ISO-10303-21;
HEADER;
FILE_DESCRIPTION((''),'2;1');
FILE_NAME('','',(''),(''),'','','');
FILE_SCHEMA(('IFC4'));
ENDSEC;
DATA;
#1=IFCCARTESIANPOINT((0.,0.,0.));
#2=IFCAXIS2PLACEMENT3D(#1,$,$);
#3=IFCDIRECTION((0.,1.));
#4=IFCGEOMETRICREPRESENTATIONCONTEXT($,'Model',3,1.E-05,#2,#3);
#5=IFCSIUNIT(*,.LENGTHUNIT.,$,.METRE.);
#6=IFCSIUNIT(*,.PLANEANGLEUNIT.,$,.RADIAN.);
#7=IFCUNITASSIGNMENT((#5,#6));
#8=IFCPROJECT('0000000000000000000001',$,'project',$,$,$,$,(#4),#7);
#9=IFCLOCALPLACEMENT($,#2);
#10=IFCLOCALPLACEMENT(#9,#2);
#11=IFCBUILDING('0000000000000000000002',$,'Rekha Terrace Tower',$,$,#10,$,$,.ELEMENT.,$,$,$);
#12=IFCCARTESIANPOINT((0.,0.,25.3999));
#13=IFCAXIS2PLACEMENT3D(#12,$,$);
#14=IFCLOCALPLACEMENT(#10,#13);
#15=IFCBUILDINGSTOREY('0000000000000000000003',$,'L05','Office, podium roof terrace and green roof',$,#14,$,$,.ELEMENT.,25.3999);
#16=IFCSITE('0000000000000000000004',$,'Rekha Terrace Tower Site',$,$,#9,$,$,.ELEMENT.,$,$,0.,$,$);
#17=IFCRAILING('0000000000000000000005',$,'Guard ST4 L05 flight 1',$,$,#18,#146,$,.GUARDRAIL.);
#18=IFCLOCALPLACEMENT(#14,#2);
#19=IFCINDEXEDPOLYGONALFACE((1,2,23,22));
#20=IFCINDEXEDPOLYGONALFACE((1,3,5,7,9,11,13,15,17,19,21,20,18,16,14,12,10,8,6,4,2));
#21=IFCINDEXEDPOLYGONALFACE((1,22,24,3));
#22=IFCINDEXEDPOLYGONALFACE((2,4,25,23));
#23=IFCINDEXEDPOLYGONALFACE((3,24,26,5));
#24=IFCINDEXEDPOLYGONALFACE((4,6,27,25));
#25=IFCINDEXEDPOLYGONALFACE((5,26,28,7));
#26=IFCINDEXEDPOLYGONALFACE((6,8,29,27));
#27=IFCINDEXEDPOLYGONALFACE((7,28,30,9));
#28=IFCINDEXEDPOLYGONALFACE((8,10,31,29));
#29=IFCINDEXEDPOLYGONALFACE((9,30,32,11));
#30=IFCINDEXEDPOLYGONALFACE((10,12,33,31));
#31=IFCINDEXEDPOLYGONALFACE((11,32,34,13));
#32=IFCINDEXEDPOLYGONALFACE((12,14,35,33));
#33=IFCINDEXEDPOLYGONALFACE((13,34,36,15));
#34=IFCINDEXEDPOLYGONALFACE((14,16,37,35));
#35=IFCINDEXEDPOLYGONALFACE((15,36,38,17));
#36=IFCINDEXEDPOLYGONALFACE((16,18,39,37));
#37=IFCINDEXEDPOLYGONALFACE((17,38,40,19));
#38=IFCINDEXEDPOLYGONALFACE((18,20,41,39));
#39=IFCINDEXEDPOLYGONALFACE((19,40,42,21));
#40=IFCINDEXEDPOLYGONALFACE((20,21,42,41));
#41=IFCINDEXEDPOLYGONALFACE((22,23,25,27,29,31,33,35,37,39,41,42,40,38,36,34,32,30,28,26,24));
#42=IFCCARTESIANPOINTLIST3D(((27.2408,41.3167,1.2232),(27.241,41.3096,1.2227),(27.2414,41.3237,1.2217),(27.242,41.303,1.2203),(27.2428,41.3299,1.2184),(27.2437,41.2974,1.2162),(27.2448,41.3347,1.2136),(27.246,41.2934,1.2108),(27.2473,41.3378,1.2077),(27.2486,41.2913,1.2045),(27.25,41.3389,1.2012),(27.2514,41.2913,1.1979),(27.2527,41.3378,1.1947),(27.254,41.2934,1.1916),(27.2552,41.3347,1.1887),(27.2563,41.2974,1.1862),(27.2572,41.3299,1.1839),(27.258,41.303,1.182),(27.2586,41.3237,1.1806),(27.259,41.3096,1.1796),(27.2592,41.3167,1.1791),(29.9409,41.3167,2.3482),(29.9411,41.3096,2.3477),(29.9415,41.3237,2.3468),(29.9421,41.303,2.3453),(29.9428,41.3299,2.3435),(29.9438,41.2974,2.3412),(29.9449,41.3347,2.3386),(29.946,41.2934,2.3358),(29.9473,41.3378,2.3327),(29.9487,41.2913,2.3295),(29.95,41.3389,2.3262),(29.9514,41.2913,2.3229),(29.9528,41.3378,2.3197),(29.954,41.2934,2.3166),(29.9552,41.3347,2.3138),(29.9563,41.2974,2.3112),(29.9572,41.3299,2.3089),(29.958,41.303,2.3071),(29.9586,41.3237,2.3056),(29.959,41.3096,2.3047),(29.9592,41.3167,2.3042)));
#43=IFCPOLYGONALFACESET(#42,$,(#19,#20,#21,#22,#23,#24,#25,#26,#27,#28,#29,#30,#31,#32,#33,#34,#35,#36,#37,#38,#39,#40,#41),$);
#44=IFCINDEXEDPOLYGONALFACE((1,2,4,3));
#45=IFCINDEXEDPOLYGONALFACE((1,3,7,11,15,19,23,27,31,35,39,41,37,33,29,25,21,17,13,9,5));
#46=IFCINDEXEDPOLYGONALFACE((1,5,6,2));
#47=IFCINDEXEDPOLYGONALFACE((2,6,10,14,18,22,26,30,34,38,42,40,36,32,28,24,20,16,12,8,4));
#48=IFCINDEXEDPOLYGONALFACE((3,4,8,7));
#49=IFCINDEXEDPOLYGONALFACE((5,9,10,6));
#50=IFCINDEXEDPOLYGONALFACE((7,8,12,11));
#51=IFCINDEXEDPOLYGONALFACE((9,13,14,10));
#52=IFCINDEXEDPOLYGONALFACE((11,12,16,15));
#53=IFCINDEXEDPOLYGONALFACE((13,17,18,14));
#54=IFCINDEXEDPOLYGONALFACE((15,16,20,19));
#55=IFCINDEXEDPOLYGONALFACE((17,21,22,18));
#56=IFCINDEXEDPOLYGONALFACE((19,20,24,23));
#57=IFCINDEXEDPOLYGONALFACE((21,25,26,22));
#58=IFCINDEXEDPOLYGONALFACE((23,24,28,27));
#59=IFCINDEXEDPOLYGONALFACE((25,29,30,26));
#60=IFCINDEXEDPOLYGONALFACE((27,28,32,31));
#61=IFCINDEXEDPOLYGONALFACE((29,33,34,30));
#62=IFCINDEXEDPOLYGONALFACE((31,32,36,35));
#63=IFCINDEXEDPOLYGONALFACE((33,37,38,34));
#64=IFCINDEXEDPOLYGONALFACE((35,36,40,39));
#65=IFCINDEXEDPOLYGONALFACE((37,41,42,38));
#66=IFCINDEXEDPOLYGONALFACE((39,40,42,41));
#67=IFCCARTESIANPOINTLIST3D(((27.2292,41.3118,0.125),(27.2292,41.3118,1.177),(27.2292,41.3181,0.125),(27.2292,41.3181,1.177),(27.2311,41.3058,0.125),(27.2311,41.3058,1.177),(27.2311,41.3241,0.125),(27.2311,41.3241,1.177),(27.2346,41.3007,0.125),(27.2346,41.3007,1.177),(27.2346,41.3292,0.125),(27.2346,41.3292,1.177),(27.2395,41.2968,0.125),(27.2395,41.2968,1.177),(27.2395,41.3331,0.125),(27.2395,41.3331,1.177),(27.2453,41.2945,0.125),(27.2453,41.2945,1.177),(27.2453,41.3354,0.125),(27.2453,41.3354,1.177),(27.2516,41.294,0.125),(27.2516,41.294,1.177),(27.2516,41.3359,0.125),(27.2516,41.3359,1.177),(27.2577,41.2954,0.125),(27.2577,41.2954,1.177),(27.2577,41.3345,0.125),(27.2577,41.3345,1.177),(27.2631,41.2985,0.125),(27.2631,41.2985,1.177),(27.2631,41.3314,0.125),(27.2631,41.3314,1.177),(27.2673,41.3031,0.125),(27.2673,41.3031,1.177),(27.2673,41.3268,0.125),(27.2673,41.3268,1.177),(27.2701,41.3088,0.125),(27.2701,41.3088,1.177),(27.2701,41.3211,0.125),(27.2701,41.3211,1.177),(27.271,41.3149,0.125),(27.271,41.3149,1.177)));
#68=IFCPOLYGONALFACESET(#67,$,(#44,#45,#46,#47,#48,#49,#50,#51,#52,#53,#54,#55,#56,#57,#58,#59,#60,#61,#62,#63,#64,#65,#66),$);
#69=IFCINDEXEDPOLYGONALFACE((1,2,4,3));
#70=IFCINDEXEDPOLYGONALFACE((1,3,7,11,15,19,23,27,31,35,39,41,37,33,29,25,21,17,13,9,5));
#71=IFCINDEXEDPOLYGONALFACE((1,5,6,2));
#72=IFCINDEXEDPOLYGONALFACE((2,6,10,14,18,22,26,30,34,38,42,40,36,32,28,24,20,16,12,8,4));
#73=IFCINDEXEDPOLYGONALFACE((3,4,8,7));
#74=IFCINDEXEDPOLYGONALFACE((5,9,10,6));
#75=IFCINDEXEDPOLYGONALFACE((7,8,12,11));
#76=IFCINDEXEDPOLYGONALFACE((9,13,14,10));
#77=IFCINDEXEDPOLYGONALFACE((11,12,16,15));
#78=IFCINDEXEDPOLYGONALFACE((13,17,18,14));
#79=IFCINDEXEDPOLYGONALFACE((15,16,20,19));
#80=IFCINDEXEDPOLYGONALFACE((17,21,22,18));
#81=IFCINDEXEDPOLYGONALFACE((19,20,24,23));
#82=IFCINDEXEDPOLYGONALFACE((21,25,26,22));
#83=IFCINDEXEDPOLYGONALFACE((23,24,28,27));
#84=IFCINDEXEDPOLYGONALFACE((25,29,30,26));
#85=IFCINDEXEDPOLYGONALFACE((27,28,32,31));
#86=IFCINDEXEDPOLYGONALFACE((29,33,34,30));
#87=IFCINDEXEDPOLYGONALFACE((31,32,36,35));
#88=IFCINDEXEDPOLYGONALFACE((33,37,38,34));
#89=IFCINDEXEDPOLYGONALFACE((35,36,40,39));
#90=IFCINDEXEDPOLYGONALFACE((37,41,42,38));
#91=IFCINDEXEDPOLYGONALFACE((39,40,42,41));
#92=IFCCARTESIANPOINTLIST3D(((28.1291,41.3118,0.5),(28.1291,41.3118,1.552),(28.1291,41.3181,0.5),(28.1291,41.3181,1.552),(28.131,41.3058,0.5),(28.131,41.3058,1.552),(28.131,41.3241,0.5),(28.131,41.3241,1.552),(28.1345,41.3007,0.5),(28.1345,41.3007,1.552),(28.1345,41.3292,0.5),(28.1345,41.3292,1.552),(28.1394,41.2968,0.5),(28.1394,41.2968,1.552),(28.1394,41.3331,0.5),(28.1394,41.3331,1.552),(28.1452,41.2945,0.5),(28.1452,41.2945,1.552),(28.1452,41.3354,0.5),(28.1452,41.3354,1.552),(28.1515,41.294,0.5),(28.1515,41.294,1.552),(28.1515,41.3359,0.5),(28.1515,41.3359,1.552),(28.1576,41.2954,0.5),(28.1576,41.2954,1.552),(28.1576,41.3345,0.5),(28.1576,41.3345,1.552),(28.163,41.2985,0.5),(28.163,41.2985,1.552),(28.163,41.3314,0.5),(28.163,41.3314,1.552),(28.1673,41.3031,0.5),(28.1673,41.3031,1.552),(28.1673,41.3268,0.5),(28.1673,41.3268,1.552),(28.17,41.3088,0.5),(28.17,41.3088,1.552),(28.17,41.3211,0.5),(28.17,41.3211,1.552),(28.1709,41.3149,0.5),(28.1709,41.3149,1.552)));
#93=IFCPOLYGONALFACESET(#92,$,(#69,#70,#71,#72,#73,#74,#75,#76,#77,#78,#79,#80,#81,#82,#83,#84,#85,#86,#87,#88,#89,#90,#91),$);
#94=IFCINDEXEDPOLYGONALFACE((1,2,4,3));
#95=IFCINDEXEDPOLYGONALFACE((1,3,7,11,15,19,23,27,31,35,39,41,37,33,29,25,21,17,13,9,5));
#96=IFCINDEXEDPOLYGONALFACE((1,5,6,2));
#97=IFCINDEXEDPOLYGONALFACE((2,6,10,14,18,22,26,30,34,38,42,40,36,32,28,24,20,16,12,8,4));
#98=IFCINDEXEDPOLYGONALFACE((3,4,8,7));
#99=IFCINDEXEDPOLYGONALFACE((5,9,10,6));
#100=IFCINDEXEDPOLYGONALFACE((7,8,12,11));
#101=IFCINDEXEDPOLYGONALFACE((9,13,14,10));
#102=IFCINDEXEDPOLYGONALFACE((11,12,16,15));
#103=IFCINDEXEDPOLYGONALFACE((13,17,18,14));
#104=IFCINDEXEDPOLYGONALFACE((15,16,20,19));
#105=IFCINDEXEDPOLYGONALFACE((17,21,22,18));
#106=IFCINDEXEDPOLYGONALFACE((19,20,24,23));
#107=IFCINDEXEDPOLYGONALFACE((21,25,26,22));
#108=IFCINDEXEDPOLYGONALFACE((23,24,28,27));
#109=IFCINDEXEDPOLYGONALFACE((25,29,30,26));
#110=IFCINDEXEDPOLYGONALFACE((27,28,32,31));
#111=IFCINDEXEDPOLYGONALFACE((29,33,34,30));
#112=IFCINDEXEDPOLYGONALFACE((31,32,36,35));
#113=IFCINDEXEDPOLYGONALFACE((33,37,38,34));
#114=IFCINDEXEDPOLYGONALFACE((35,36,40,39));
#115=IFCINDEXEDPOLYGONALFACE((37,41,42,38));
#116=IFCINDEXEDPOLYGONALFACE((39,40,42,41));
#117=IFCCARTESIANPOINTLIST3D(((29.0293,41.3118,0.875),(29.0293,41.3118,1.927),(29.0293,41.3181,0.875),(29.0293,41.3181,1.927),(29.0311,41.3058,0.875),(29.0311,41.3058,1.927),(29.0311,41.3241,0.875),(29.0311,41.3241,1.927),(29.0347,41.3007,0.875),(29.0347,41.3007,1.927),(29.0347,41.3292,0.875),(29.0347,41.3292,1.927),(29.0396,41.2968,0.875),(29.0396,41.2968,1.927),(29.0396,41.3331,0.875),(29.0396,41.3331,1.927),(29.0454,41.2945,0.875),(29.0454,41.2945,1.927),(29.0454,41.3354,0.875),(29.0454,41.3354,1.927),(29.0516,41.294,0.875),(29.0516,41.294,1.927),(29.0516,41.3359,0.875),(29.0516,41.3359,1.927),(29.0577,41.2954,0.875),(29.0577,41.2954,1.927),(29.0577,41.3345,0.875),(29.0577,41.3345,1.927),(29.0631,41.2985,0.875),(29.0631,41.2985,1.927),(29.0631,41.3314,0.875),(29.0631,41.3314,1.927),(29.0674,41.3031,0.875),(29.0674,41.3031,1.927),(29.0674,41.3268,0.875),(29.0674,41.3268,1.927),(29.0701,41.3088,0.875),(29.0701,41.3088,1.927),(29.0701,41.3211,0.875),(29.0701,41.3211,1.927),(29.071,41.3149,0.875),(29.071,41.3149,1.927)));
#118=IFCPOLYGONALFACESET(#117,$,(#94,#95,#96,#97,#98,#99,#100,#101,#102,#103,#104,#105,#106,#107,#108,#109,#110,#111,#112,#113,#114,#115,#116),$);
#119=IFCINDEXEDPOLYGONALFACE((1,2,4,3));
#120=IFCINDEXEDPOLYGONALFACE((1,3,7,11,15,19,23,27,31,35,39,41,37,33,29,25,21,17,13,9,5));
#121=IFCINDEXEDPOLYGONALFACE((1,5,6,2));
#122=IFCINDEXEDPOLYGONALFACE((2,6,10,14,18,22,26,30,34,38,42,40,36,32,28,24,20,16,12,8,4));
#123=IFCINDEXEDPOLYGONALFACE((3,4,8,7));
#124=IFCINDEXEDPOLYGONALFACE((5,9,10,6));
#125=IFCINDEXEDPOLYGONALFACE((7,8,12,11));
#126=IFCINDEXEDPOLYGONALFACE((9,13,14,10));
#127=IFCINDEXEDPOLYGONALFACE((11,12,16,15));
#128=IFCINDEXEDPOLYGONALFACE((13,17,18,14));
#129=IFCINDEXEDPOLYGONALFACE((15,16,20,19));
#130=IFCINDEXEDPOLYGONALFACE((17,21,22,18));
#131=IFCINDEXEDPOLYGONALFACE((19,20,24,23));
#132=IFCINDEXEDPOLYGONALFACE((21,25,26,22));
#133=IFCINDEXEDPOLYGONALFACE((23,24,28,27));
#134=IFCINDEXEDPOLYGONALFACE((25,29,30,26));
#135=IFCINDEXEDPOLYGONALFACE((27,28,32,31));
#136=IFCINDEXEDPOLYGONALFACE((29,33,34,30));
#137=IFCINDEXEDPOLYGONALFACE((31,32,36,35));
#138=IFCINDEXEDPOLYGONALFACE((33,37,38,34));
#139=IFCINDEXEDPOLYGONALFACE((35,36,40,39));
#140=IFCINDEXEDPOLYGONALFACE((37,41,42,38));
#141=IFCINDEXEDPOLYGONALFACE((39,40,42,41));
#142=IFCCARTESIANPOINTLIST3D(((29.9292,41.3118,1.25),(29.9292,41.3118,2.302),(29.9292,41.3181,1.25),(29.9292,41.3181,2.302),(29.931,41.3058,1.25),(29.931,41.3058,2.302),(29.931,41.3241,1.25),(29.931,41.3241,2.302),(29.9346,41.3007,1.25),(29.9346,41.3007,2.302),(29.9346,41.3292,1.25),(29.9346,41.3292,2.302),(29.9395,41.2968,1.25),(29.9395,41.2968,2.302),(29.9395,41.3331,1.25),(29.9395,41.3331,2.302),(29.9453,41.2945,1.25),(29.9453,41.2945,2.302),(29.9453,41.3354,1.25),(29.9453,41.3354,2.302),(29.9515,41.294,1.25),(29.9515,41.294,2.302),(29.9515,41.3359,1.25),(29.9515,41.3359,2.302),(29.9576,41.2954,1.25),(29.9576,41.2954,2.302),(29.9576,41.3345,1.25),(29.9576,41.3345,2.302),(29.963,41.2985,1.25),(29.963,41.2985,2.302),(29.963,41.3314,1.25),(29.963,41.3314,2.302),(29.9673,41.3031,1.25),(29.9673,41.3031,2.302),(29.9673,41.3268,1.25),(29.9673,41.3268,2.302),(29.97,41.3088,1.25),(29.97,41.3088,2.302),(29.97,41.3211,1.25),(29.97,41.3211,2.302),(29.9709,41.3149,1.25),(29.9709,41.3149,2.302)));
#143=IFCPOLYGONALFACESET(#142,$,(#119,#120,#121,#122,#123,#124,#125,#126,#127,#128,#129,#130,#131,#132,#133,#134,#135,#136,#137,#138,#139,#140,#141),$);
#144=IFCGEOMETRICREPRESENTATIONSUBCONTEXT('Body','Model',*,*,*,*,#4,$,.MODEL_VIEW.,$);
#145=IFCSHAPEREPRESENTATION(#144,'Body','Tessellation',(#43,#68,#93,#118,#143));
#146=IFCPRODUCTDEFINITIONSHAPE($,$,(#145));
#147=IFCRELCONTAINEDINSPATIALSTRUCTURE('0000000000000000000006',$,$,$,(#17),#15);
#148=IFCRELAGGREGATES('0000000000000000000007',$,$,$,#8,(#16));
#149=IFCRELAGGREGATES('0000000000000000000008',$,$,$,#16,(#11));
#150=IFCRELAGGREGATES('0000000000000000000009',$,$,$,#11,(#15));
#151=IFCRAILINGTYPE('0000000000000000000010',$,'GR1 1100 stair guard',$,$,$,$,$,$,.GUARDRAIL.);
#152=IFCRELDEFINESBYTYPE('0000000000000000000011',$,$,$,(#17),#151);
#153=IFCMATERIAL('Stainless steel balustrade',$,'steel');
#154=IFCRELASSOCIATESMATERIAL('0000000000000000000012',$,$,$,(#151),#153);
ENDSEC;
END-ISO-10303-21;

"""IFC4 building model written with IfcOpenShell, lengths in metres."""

from ifc_helpers import new_model, si_unit, direction, frame, origin, origin_2d, place, context, subcontext, project, spatial, circle, extrude, material, type_object, element, save


model = new_model("IFC4")

# Units and contexts
model_context = context("Model", 3, precision=1e-05, world=origin(), true_north=direction((0.0, 1.0)))
body_context = subcontext(model_context, "Body", "Model", "MODEL_VIEW")
ifc_project = project(units=[si_unit("LENGTHUNIT", "METRE"), si_unit("PLANEANGLEUNIT", "RADIAN")], contexts=[model_context])

# Site, building, storey
site_placement = place(None, origin())
site = spatial("IfcSite", under=ifc_project, at=site_placement, Name="Rekha Terrace Tower Site", CompositionType="ELEMENT", RefElevation=0.0)
building_placement = place(site_placement, origin())
building = spatial("IfcBuilding", under=site, at=building_placement, Name="Rekha Terrace Tower", CompositionType="ELEMENT")
storey_placement = place(building_placement, frame((0.0, 0.0, 25.3999)))
storey = spatial("IfcBuildingStorey", under=building, at=storey_placement, Name="L05", Description="Office, podium roof terrace and green roof", CompositionType="ELEMENT", Elevation=25.3999)

# Railing
ifc_material_1 = material(Name="Stainless steel balustrade", Category="steel")
railing_type_1 = type_object("IfcRailingType", Name="GR1 1100 stair guard", PredefinedType="GUARDRAIL", material=ifc_material_1)
railing_1_placement = place(storey_placement, frame((27.25, 41.3149, 0.125)))
element("IfcRailing", 1, at=railing_1_placement, inside=storey, type_object=railing_type_1, Name="Guard ST4 L05 flight 1", PredefinedType="GUARDRAIL", context=body_context, shape_type="SweptSolid", body=[
    extrude(circle(Radius=0.0239, at=origin_2d()), frame((0.0, 0.0, 1.0762), z_axis=(0.923074, 0.0, 0.384621), x_axis=(0.0, 1.0, 0.0)), (0.0, 0.0, 1.0), 2.925),
    extrude(circle(Radius=0.021, at=origin_2d()), origin(), (0.0, 0.0, 1.0), 1.052),
    extrude(circle(Radius=0.021, at=origin_2d()), frame((0.8999, 0.0, 0.375)), (0.0, 0.0, 1.0), 1.052),
    extrude(circle(Radius=0.021, at=origin_2d()), frame((1.8, 0.0, 0.75)), (0.0, 0.0, 1.0), 1.052),
    extrude(circle(Radius=0.021, at=origin_2d()), frame((2.7, 0.0, 1.125)), (0.0, 0.0, 1.0), 1.052),
])

save(model, "model.ifc")
